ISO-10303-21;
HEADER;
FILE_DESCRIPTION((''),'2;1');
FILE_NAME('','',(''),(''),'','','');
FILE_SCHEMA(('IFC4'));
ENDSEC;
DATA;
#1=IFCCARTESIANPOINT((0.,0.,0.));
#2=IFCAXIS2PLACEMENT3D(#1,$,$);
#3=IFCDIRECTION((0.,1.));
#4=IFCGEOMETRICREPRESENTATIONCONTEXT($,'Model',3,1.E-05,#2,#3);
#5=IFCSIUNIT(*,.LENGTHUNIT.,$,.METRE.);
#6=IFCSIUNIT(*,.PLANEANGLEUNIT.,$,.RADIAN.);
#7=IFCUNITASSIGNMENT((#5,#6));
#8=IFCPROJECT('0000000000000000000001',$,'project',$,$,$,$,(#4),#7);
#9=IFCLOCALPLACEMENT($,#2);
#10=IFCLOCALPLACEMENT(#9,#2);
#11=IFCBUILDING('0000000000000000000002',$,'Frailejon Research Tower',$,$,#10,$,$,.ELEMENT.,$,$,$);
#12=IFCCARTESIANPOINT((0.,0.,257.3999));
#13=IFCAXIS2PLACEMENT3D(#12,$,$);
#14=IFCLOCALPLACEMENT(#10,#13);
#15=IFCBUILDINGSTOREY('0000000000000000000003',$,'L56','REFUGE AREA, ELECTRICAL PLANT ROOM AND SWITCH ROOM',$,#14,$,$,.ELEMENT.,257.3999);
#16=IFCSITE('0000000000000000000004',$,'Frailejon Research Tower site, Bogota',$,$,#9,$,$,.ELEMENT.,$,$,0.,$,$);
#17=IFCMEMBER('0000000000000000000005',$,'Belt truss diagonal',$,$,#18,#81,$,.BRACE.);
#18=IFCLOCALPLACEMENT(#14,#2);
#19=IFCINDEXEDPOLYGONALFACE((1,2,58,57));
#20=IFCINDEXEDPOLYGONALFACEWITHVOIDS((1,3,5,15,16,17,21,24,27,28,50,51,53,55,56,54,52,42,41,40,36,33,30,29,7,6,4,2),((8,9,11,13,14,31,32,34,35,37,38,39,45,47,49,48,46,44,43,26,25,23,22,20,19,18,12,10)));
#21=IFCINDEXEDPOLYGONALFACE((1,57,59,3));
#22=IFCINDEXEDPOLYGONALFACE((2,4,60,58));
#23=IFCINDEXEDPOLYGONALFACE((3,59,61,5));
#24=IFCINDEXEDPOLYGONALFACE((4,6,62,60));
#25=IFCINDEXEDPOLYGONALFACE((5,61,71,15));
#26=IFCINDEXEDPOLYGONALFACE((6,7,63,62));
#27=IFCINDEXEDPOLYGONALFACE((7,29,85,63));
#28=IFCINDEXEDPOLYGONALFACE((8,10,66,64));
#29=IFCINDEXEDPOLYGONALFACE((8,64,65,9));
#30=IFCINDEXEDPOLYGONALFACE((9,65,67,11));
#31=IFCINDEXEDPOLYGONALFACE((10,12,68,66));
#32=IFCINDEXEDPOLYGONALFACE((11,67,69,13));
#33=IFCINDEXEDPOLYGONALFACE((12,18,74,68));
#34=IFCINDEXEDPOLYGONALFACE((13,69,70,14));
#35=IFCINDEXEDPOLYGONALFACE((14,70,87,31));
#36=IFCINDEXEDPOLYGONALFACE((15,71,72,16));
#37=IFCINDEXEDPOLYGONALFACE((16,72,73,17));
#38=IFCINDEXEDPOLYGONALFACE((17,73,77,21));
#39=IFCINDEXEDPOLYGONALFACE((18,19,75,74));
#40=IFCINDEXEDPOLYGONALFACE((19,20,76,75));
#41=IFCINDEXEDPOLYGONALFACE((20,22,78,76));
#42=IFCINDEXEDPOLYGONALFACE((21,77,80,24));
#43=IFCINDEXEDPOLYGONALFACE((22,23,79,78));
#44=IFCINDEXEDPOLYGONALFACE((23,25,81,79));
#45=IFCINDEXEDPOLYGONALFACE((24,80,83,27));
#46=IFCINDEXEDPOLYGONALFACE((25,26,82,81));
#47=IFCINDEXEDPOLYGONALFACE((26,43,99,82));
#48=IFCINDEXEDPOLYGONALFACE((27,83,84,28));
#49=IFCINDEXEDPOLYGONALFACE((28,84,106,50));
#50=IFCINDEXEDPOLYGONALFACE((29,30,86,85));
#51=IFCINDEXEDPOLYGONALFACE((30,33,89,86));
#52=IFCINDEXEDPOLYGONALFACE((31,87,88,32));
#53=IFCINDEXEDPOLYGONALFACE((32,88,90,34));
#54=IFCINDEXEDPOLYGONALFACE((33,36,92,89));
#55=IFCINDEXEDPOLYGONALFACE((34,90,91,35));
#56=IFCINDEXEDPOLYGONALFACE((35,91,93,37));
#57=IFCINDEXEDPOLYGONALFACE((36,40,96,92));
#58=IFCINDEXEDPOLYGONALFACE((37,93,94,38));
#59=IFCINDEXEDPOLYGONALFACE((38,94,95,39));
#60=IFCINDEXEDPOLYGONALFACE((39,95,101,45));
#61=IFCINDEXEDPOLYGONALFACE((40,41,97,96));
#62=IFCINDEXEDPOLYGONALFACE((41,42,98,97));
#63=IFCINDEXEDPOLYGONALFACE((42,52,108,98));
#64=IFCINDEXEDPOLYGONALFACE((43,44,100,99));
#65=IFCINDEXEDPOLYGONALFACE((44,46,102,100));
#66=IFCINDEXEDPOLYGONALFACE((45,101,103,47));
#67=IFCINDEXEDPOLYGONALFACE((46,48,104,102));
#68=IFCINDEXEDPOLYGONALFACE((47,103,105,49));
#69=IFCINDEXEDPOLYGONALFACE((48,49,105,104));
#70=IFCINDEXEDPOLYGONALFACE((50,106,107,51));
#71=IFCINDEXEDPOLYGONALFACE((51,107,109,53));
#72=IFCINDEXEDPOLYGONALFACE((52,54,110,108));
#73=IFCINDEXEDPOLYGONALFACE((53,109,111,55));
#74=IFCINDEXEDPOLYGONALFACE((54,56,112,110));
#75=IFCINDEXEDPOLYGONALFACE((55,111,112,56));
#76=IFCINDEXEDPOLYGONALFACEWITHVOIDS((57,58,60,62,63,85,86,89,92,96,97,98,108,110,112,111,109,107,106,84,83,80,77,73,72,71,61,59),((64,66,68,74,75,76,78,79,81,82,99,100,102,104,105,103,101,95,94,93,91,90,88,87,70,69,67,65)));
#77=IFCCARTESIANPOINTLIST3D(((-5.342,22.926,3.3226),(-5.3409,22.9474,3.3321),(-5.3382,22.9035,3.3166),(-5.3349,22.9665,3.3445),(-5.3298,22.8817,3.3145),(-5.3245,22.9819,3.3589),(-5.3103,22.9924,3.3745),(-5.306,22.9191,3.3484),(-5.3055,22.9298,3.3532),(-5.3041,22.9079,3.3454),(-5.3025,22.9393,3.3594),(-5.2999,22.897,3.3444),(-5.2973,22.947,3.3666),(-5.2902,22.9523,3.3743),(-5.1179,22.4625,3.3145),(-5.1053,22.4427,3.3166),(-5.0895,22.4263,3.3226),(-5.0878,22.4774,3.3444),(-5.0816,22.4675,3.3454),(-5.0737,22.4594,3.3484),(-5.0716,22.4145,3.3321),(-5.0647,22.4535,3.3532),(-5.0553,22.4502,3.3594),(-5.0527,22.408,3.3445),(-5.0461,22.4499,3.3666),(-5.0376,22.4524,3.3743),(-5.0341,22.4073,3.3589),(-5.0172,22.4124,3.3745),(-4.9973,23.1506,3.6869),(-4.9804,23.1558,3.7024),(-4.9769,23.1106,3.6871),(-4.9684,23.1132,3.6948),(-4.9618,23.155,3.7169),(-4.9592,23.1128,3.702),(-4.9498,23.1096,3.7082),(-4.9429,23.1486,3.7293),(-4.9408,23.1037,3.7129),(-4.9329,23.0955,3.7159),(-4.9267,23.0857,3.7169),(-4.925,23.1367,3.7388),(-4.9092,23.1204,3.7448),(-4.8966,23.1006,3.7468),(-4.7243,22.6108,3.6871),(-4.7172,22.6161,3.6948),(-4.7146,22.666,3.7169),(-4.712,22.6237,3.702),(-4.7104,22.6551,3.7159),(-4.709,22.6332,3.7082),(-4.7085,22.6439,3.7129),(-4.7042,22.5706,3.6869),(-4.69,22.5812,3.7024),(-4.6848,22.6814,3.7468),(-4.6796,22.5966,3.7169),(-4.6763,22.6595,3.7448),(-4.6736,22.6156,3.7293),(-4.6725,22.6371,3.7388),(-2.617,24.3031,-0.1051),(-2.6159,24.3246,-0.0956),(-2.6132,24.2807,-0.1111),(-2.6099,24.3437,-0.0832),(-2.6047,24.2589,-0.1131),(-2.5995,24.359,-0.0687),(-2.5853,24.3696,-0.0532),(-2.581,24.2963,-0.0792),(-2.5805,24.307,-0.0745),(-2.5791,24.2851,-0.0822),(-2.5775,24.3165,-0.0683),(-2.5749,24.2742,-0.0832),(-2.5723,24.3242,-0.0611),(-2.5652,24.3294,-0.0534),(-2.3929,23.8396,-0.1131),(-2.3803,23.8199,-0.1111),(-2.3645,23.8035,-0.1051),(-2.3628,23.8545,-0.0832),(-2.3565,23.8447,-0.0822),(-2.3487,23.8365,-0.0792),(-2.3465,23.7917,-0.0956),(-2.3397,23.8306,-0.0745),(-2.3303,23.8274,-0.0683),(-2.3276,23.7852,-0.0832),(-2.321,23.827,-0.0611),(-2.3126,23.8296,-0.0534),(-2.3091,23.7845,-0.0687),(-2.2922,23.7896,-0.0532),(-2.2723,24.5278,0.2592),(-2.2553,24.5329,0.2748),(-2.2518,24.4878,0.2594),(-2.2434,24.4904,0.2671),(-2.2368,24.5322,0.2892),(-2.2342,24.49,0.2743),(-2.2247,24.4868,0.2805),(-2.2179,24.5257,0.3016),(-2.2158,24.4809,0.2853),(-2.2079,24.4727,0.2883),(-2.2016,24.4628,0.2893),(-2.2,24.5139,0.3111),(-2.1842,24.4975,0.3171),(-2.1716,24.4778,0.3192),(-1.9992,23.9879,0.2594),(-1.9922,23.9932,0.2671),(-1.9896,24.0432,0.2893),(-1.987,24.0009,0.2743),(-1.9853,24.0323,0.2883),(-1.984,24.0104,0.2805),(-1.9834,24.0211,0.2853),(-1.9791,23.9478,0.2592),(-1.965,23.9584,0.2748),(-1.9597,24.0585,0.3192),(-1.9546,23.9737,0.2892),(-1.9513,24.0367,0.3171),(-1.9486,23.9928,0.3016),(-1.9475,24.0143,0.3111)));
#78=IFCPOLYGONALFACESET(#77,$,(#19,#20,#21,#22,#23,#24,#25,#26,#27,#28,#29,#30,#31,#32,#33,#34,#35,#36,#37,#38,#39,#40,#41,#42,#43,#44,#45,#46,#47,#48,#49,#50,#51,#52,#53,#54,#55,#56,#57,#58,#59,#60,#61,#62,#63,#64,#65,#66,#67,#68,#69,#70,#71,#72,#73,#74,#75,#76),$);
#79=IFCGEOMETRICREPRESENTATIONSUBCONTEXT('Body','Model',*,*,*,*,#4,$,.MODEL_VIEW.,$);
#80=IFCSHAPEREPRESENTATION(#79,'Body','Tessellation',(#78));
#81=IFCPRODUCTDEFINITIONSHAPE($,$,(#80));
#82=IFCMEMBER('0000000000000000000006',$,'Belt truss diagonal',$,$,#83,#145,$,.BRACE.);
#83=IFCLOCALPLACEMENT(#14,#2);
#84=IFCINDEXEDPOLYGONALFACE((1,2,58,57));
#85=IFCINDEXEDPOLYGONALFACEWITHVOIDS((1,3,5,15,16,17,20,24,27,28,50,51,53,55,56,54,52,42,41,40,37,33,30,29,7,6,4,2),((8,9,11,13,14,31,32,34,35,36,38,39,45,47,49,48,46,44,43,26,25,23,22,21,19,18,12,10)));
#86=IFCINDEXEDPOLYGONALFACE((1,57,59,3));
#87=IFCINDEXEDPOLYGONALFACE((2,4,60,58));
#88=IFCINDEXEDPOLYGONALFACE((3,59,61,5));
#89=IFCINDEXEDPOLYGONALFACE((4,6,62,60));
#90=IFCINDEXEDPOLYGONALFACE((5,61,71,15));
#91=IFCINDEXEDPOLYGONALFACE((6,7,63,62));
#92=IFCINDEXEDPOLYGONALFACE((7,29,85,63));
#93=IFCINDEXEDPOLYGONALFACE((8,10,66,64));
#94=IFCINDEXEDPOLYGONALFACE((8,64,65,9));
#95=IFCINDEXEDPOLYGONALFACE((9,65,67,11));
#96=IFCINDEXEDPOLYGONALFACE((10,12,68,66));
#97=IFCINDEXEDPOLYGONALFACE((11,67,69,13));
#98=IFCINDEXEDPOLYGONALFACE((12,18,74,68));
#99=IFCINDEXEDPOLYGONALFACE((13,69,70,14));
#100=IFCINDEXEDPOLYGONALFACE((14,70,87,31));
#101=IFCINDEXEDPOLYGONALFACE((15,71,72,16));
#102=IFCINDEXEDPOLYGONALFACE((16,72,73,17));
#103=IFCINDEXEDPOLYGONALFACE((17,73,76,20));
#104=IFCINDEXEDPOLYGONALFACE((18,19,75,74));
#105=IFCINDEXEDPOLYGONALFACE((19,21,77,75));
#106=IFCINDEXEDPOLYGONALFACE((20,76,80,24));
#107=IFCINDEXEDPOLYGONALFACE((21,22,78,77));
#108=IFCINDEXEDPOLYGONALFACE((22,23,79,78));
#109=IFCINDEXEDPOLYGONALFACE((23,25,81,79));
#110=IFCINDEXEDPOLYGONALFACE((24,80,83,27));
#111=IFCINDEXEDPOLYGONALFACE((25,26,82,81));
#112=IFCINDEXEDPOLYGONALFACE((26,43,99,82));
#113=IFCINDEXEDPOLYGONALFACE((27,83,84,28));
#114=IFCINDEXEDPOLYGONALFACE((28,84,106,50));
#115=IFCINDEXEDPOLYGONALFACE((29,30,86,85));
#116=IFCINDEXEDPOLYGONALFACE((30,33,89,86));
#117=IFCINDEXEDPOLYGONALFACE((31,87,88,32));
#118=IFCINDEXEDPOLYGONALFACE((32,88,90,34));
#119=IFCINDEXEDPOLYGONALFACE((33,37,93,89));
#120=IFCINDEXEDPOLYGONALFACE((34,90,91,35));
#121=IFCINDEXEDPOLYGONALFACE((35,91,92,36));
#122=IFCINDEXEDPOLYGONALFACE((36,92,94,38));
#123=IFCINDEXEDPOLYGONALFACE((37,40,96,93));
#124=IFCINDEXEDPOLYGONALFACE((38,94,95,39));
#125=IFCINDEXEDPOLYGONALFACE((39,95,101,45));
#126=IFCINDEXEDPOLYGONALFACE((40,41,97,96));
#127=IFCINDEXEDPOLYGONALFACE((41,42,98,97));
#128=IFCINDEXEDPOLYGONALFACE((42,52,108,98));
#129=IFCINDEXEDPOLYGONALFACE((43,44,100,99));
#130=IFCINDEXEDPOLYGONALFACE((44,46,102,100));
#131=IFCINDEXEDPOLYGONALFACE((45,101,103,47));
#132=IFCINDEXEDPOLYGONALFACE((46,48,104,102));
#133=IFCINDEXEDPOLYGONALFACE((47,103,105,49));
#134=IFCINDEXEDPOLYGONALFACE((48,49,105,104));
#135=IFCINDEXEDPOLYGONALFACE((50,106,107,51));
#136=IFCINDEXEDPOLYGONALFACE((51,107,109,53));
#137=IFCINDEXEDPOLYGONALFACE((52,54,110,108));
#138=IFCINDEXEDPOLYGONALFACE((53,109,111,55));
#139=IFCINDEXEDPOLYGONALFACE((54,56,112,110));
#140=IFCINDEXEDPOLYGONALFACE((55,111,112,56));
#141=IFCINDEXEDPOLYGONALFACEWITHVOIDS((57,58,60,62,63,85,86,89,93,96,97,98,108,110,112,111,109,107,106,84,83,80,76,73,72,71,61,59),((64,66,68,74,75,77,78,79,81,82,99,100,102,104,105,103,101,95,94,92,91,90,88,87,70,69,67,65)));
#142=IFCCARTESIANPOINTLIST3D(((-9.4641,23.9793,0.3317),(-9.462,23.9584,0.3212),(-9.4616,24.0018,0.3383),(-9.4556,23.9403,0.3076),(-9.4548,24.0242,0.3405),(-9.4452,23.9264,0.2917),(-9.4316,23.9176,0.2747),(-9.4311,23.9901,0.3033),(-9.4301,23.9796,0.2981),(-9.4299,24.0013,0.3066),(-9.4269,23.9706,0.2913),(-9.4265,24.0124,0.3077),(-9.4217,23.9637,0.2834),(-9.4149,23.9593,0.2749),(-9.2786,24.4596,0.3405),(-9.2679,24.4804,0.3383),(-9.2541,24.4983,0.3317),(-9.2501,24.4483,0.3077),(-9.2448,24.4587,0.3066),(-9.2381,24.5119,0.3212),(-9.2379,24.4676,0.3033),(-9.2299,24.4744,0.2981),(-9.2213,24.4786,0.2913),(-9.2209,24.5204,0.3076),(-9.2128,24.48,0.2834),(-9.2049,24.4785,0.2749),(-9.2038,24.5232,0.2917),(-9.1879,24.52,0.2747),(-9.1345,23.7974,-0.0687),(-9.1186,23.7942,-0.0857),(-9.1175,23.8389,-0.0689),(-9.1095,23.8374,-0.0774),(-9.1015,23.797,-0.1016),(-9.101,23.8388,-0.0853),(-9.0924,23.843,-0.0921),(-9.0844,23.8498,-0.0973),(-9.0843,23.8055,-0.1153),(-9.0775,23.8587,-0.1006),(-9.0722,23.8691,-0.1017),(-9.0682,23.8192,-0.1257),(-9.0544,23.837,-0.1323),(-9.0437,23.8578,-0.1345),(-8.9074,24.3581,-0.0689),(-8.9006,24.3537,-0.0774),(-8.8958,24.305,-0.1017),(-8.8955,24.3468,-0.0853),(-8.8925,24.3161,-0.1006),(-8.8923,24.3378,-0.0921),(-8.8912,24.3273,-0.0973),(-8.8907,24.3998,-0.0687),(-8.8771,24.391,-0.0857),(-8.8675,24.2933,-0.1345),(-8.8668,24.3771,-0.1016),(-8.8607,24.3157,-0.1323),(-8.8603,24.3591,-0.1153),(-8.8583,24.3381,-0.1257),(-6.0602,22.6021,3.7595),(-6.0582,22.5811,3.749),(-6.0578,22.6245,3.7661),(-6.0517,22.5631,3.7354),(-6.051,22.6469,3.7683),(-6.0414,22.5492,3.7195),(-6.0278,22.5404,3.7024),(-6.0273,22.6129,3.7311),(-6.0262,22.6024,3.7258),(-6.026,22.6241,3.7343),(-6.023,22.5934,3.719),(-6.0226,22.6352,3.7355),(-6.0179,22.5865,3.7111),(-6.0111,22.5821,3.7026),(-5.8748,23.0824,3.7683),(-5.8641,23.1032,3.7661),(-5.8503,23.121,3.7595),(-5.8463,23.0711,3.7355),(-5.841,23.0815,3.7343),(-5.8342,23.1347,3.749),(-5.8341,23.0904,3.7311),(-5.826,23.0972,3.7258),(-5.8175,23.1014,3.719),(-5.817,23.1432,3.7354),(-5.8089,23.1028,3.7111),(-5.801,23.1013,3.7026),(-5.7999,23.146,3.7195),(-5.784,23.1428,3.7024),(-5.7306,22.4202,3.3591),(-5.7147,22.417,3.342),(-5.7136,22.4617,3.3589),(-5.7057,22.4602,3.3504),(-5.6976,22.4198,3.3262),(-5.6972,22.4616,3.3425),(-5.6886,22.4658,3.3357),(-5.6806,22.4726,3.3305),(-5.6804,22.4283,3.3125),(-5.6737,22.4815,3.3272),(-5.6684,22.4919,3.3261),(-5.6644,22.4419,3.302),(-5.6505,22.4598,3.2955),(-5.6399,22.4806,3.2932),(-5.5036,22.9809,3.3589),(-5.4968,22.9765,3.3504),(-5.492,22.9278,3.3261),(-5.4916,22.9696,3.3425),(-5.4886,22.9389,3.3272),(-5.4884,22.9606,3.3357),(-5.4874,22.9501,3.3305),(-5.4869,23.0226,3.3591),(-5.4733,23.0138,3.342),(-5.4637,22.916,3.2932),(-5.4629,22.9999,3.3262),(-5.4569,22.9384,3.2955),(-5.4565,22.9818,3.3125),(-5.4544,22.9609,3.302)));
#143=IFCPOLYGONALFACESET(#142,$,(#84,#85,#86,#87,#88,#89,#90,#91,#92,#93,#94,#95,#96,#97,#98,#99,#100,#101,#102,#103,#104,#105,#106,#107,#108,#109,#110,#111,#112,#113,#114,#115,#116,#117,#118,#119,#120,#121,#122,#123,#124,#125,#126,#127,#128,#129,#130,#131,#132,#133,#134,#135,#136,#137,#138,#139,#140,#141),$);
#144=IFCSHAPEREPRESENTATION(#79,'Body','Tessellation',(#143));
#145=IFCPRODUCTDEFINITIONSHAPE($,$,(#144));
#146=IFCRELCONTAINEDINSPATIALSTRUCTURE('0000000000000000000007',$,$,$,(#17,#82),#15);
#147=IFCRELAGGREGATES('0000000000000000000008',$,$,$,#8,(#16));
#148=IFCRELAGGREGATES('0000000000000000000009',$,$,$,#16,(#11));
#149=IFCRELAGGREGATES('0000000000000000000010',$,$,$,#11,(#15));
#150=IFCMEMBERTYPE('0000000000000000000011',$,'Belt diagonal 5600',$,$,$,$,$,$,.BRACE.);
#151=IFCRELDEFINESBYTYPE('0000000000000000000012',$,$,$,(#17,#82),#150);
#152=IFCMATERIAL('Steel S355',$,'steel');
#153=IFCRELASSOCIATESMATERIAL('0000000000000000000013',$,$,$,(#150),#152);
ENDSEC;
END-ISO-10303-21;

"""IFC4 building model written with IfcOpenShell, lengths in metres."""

from ifc_helpers import new_model, si_unit, direction, frame, origin, origin_2d, place, context, subcontext, project, spatial, hollow_rectangle, extrude, material, material_profile, profile_set, type_object, element, save


model = new_model("IFC4")

# Units and contexts
model_context = context("Model", 3, precision=1e-05, world=origin(), true_north=direction((0.0, 1.0)))
body_context = subcontext(model_context, "Body", "Model", "MODEL_VIEW")
ifc_project = project(units=[si_unit("LENGTHUNIT", "METRE"), si_unit("PLANEANGLEUNIT", "RADIAN")], contexts=[model_context])

# Site, building, storey
site_placement = place(None, origin())
site = spatial("IfcSite", under=ifc_project, at=site_placement, Name="Frailejon Research Tower site, Bogota", CompositionType="ELEMENT", RefElevation=0.0)
building_placement = place(site_placement, origin())
building = spatial("IfcBuilding", under=site, at=building_placement, Name="Frailejon Research Tower", CompositionType="ELEMENT")
storey_placement = place(building_placement, frame((0.0, 0.0, 257.3999)))
storey = spatial("IfcBuildingStorey", under=building, at=storey_placement, Name="L56", Description="REFUGE AREA, ELECTRICAL PLANT ROOM AND SWITCH ROOM", CompositionType="ELEMENT", Elevation=257.3999)

# Members
ifc_material_1 = material(Name="Steel S355", Category="steel")
ifc_material_profile_1 = material_profile(ifc_material_1, hollow_rectangle(XDim=0.6499, YDim=0.6499, WallThickness=0.0449, InnerFilletRadius=0.0449, OuterFilletRadius=0.0901, at=origin_2d()), Name="Belt diagonal 5600")
ifc_profile_set_1 = profile_set([ifc_material_profile_1], Name="Steel S355")
member_type = type_object("IfcMemberType", Name="Belt diagonal 5600", PredefinedType="BRACE", material=ifc_profile_set_1)
member_1_placement = place(storey_placement, frame((-2.2822, 24.1587, 0.103), z_axis=(-0.593646, -0.300014, 0.746711), x_axis=(0.451047, -0.8925, 0.0)))
element("IfcMember", 1, at=member_1_placement, inside=storey, type_object=member_type, Name="Belt truss diagonal", PredefinedType="BRACE", context=body_context, shape_type="SweptSolid", body=[
    extrude(hollow_rectangle(XDim=0.6499, YDim=0.6499, WallThickness=0.0449, InnerFilletRadius=0.0449, OuterFilletRadius=0.0901, at=origin_2d()), origin(), (0.0, 0.0, 1.0), 4.5903),
])
member_2_placement = place(storey_placement, frame((-5.7573, 22.7815, 3.5308), z_axis=(-0.677625, 0.274171, -0.682389), x_axis=(-0.375068, -0.926997, 0.0)))
element("IfcMember", 2, at=member_2_placement, inside=storey, type_object=member_type, Name="Belt truss diagonal", PredefinedType="BRACE", context=body_context, shape_type="SweptSolid", body=[
    extrude(hollow_rectangle(XDim=0.6499, YDim=0.6499, WallThickness=0.0449, InnerFilletRadius=0.0449, OuterFilletRadius=0.0901, at=origin_2d()), origin(), (0.0, 0.0, 1.0), 5.0232),
])

save(model, "model.ifc")
